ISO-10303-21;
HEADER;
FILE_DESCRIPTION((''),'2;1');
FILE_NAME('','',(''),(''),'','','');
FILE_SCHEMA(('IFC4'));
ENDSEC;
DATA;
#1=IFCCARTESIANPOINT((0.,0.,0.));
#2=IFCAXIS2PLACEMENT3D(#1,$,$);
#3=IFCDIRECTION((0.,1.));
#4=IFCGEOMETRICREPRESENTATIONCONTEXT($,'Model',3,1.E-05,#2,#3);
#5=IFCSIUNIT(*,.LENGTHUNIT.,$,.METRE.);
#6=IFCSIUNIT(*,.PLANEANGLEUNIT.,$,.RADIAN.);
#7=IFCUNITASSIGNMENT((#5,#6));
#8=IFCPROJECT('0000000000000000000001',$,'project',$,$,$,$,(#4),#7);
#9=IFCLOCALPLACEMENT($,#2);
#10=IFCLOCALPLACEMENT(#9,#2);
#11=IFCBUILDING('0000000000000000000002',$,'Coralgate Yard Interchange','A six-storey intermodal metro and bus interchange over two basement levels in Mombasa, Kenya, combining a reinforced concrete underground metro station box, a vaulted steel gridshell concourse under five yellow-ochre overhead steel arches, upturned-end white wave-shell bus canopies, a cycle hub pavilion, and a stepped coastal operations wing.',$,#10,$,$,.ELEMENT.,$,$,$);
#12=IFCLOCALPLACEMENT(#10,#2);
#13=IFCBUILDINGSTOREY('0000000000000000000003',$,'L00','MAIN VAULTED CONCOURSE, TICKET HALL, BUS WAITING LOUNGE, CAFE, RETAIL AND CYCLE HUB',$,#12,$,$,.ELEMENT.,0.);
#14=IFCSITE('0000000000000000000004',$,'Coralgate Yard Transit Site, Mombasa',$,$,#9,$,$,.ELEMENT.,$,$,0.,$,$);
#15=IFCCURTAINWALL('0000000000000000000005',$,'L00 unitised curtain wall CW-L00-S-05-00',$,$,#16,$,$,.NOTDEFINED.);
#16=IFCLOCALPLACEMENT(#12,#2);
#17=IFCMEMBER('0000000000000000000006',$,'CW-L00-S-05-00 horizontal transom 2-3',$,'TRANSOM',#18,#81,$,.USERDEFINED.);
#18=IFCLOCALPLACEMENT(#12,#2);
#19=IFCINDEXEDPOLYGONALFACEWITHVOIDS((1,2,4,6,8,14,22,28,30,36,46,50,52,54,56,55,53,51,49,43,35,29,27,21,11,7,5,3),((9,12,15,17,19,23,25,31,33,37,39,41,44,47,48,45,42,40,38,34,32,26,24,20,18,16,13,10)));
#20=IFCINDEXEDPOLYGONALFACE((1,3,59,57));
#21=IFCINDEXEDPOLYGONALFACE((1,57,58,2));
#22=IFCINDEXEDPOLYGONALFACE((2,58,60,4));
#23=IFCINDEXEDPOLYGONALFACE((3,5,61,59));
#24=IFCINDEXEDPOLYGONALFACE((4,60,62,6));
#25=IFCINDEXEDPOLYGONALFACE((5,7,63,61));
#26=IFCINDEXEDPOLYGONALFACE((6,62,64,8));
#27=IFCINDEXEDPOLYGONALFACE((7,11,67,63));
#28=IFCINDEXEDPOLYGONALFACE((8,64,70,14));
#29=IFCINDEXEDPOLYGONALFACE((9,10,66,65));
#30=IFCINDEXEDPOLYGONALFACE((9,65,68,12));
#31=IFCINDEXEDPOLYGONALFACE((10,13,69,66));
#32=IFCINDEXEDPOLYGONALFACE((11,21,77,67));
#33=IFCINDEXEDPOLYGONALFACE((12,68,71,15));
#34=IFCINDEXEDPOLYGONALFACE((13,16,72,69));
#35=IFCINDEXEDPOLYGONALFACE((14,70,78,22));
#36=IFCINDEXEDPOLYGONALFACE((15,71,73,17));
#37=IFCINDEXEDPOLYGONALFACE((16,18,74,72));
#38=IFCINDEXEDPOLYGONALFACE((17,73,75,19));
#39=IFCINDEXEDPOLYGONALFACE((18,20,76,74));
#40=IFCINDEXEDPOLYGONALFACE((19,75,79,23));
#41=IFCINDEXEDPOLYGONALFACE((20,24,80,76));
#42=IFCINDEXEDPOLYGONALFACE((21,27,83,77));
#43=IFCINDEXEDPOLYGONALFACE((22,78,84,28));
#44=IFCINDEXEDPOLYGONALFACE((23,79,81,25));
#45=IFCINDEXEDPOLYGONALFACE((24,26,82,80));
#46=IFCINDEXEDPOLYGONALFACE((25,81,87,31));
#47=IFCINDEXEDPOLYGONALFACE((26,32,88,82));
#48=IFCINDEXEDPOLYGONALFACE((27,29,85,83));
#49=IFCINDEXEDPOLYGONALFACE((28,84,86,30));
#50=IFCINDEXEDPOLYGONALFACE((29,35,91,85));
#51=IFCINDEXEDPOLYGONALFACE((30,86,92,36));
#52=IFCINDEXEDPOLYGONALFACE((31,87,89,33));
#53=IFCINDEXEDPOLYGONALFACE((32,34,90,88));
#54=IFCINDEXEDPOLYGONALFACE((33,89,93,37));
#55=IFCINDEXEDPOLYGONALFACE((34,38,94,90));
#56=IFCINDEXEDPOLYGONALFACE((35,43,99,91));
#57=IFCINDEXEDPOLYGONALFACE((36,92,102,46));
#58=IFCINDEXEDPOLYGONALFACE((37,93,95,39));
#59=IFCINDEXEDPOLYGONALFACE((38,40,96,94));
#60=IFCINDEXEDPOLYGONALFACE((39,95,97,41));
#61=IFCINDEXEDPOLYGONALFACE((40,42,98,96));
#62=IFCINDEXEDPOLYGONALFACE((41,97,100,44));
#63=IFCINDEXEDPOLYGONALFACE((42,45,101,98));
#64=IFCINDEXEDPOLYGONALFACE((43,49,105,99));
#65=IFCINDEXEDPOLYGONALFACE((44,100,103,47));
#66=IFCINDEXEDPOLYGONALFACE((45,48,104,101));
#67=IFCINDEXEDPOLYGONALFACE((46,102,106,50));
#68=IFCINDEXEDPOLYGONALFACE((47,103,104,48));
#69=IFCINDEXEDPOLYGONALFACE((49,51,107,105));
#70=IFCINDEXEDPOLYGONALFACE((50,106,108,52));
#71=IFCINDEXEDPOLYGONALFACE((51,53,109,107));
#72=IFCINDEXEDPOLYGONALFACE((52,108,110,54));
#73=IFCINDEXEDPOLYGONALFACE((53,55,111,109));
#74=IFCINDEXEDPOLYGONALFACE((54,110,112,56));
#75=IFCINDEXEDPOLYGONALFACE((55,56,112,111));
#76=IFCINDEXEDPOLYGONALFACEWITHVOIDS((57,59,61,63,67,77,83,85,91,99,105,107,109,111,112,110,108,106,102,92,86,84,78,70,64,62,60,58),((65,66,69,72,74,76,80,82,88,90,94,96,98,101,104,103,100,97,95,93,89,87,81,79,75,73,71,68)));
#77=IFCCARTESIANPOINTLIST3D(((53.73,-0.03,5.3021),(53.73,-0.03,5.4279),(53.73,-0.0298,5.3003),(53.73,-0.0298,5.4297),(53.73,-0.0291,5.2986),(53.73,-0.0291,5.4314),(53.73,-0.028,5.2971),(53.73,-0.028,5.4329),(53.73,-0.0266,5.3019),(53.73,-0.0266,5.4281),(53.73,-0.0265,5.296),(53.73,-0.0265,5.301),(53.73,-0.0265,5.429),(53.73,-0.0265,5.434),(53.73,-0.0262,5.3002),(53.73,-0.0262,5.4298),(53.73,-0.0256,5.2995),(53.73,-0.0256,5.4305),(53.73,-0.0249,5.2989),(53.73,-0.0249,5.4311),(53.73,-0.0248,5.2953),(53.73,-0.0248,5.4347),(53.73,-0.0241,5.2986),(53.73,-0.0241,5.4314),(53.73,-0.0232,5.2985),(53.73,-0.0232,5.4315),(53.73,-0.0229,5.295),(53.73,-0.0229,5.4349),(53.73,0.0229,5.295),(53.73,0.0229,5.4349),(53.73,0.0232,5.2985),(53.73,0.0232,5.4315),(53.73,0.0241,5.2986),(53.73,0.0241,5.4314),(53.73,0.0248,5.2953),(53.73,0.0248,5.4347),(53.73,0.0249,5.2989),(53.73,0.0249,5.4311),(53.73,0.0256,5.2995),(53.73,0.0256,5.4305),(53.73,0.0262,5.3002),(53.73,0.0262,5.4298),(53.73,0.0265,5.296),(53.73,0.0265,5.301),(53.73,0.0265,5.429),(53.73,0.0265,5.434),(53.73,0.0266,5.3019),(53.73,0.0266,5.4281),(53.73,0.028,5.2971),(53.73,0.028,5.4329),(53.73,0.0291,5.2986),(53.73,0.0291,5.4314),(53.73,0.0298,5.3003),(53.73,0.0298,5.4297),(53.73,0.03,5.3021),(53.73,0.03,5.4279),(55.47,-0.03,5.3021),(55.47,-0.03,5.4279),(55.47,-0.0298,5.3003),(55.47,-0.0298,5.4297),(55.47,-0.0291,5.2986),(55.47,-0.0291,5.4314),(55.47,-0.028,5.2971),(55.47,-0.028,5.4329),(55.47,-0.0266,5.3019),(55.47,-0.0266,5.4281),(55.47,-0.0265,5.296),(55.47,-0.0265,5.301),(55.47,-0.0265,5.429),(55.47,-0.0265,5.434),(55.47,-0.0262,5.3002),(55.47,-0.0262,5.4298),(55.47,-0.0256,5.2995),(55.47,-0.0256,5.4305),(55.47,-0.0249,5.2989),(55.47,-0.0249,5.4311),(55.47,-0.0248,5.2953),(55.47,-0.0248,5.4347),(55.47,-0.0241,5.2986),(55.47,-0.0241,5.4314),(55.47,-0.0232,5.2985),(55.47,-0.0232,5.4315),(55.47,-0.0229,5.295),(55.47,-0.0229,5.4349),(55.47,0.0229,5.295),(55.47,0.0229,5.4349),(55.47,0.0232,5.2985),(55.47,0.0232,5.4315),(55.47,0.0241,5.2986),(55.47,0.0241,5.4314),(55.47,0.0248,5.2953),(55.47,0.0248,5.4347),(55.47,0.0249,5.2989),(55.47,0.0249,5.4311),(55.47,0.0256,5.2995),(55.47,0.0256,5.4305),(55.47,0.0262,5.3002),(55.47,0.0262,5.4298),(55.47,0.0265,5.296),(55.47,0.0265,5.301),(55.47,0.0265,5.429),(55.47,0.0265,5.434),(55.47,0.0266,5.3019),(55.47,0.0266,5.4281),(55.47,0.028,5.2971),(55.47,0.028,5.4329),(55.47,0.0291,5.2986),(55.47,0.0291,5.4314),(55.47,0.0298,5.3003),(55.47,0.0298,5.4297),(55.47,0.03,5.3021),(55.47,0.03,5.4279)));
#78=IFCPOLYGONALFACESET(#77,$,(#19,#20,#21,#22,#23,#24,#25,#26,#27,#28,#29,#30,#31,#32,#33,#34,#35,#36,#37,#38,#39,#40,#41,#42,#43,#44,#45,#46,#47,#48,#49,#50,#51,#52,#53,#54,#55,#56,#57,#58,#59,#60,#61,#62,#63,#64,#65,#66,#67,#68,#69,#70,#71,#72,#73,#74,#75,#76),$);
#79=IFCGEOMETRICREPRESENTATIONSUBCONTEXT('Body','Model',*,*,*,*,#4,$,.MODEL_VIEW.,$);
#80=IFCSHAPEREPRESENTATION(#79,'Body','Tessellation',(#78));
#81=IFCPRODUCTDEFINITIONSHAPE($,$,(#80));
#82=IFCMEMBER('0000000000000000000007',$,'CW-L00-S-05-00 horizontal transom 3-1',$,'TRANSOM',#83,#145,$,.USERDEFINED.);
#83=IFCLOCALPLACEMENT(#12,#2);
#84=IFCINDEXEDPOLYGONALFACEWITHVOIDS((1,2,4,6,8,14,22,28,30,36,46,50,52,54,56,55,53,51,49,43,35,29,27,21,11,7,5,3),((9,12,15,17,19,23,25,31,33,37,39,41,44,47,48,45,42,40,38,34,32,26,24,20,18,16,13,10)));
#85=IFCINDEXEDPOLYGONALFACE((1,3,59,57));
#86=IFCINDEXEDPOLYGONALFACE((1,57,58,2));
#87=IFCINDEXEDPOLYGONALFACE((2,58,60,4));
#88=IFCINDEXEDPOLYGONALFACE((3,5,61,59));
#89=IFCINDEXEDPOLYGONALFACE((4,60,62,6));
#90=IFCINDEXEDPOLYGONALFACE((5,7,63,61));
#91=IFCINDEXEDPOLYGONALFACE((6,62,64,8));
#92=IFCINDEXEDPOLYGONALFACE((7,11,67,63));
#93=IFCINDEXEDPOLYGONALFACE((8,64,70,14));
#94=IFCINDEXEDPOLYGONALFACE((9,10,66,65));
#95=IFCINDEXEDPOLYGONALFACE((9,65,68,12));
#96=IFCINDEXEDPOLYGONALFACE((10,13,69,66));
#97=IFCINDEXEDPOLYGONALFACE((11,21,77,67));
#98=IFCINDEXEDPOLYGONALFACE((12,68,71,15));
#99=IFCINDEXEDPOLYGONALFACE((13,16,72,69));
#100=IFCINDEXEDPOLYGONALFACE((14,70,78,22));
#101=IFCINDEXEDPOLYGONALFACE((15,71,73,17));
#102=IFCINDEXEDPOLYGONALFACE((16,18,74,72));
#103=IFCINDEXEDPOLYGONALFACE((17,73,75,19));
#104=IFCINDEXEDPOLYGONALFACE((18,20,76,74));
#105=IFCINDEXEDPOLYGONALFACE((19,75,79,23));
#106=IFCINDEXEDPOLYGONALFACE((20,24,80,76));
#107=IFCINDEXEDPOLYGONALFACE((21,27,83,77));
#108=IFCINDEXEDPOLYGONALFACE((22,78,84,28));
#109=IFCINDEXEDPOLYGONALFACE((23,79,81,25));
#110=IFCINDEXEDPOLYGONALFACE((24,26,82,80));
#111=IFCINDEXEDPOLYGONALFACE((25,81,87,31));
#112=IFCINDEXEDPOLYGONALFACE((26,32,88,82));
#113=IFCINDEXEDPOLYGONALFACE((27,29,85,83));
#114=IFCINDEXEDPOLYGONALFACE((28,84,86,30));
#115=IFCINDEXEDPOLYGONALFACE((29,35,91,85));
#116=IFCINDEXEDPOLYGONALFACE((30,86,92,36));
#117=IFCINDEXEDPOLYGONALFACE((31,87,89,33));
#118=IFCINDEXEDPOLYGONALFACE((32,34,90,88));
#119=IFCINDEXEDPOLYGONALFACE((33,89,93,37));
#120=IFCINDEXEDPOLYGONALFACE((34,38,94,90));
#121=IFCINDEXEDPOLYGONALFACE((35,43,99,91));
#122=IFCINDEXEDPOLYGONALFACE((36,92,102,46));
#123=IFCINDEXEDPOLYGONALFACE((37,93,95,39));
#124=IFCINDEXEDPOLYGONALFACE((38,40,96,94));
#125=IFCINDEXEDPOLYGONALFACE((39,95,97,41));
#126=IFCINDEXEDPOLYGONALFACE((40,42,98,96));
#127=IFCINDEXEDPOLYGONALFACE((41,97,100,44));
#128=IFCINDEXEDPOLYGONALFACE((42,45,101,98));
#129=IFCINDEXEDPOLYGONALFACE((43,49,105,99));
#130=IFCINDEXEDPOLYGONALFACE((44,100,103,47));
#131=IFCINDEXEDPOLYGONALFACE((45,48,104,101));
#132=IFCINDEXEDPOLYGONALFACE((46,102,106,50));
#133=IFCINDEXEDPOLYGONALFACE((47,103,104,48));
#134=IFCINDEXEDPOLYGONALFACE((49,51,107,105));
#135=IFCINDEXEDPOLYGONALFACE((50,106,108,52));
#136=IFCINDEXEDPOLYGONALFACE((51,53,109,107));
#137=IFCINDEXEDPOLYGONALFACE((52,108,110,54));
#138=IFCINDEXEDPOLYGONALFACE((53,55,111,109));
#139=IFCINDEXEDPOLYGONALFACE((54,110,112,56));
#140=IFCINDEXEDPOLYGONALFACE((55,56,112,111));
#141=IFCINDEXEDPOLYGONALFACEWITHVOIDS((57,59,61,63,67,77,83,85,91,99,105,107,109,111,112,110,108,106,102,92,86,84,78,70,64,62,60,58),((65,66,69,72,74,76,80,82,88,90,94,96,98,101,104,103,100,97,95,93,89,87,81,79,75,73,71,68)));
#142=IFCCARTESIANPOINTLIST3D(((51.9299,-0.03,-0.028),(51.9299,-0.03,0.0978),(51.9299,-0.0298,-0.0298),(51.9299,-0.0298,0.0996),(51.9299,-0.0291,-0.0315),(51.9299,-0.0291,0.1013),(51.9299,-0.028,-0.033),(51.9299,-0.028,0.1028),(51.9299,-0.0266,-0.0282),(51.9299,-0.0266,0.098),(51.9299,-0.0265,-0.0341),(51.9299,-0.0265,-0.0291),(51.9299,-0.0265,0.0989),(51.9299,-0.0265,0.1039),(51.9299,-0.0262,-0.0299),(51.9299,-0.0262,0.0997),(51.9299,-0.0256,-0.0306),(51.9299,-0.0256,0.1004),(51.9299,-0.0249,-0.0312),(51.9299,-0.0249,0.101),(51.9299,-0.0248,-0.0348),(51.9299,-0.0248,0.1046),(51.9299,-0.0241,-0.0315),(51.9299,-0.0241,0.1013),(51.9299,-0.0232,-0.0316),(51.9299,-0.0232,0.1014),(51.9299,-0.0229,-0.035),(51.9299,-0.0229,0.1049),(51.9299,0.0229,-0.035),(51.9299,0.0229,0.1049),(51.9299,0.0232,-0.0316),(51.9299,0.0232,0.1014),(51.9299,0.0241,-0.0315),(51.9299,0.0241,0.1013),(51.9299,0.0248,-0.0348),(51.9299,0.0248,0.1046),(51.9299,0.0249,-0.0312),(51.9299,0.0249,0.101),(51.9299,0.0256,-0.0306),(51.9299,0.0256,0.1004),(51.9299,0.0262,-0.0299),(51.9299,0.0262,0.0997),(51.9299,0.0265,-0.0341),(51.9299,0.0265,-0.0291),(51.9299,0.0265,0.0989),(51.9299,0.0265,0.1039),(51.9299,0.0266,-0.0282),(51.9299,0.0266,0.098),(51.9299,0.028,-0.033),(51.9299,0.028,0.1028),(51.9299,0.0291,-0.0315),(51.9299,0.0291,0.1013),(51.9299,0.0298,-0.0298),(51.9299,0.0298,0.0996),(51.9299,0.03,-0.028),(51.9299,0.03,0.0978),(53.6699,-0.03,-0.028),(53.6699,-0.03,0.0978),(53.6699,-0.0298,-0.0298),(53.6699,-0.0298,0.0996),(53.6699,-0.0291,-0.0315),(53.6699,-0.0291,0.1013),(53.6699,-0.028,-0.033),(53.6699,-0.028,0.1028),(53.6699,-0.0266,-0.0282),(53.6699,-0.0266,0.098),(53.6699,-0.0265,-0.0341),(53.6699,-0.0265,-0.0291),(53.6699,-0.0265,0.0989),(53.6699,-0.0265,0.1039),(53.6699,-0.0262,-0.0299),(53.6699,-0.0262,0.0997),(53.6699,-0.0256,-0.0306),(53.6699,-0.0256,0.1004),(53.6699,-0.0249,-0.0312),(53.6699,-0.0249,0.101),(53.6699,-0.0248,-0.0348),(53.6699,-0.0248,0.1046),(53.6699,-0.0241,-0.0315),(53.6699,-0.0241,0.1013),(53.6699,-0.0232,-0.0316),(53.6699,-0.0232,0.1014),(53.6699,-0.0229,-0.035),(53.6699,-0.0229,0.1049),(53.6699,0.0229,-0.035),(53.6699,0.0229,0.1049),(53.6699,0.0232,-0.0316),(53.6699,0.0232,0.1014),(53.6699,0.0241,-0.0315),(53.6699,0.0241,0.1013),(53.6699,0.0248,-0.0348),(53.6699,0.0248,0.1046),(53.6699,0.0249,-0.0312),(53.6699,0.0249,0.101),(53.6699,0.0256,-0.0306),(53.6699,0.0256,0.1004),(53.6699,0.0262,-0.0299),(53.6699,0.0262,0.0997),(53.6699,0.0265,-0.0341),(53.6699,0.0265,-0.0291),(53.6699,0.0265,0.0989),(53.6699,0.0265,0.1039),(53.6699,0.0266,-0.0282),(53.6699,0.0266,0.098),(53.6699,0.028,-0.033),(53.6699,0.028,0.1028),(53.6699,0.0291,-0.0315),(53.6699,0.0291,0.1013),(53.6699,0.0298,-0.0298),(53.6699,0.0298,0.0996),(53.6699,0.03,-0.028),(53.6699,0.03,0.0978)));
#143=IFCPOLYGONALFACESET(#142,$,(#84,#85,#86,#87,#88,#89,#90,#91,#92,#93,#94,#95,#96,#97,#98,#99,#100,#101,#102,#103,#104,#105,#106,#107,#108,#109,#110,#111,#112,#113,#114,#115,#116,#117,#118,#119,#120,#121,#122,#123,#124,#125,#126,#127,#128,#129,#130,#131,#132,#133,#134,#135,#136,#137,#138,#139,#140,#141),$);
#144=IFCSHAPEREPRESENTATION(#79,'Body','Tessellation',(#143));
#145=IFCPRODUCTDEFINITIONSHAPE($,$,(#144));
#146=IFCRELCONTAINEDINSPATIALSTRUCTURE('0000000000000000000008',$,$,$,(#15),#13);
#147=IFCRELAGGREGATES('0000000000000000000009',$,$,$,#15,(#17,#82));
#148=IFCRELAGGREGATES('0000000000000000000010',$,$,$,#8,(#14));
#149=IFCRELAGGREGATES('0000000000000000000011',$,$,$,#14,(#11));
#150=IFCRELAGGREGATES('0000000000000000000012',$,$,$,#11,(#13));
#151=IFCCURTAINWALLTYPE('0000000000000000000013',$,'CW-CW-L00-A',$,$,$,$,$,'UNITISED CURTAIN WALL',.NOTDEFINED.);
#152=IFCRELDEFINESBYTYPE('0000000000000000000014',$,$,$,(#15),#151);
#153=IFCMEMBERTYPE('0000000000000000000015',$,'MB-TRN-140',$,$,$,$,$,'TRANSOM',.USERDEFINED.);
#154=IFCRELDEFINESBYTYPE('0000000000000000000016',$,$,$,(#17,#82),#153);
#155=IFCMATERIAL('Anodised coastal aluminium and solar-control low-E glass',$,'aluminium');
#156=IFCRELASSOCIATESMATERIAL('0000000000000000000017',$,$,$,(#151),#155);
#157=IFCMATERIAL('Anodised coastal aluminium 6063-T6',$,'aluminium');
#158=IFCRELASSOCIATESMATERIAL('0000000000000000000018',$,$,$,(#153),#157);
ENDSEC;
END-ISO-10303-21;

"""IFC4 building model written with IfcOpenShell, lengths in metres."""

from ifc_helpers import new_model, si_unit, direction, frame, origin, origin_2d, place, context, subcontext, project, spatial, hollow_rectangle, extrude, material, material_profile, profile_set, type_object, element, aggregate, save


model = new_model("IFC4")

# Units and contexts
model_context = context("Model", 3, precision=1e-05, world=origin(), true_north=direction((0.0, 1.0)))
body_context = subcontext(model_context, "Body", "Model", "MODEL_VIEW")
ifc_project = project(units=[si_unit("LENGTHUNIT", "METRE"), si_unit("PLANEANGLEUNIT", "RADIAN")], contexts=[model_context])

# Site, building, storey
site_placement = place(None, origin())
site = spatial("IfcSite", under=ifc_project, at=site_placement, Name="Coralgate Yard Transit Site, Mombasa", CompositionType="ELEMENT", RefElevation=0.0)
building_placement = place(site_placement, origin())
building = spatial("IfcBuilding", under=site, at=building_placement, Name="Coralgate Yard Interchange", Description="A six-storey intermodal metro and bus interchange over two basement levels in Mombasa, Kenya, combining a reinforced concrete underground metro station box, a vaulted steel gridshell concourse under five yellow-ochre overhead steel arches, upturned-end white wave-shell bus canopies, a cycle hub pavilion, and a stepped coastal operations wing.", CompositionType="ELEMENT")
storey_placement = place(building_placement, origin())
storey = spatial("IfcBuildingStorey", under=building, at=storey_placement, Name="L00", Description="MAIN VAULTED CONCOURSE, TICKET HALL, BUS WAITING LOUNGE, CAFE, RETAIL AND CYCLE HUB", CompositionType="ELEMENT", Elevation=0.0)

# Curtain wall, members
ifc_material_1 = material(Name="Anodised coastal aluminium and solar-control low-E glass", Category="aluminium")
curtain_wall_type = type_object("IfcCurtainWallType", Name="CW-CW-L00-A", ElementType="UNITISED CURTAIN WALL", PredefinedType="NOTDEFINED", material=ifc_material_1)
curtain_wall_placement = place(storey_placement, origin())
curtain_wall = element("IfcCurtainWall", 1, at=curtain_wall_placement, inside=storey, type_object=curtain_wall_type, Name="L00 unitised curtain wall CW-L00-S-05-00", PredefinedType="NOTDEFINED")
ifc_material_2 = material(Name="Anodised coastal aluminium 6063-T6", Category="aluminium")
ifc_material_profile_1 = material_profile(ifc_material_2, hollow_rectangle(XDim=0.0601, YDim=0.1399, WallThickness=0.0034, InnerFilletRadius=0.0034, OuterFilletRadius=0.0071, at=origin_2d()), Name="ALU 60x140x3.5")
ifc_profile_set_1 = profile_set([ifc_material_profile_1], Name="Anodised coastal aluminium 6063-T6")
member_type_1 = type_object("IfcMemberType", Name="MB-TRN-140", ElementType="TRANSOM", PredefinedType="USERDEFINED", material=ifc_profile_set_1)
member_1_placement = place(storey_placement, frame((55.47, 0.0, 5.365), z_axis=(-1.0, 0.0, 0.0), x_axis=(0.0, -1.0, 0.0)))
member_1 = element("IfcMember", 2, at=member_1_placement, type_object=member_type_1, Name="CW-L00-S-05-00 horizontal transom 2-3", ObjectType="TRANSOM", PredefinedType="USERDEFINED", context=body_context, shape_type="SweptSolid", body=[
    extrude(hollow_rectangle(XDim=0.0601, YDim=0.1399, WallThickness=0.0034, InnerFilletRadius=0.0034, OuterFilletRadius=0.0071, at=origin_2d()), origin(), (0.0, 0.0, 1.0), 1.74),
])
member_2_placement = place(storey_placement, frame((53.6699, 0.0, 0.0349), z_axis=(-1.0, 0.0, 0.0), x_axis=(0.0, -1.0, 0.0)))
member_2 = element("IfcMember", 3, at=member_2_placement, type_object=member_type_1, Name="CW-L00-S-05-00 horizontal transom 3-1", ObjectType="TRANSOM", PredefinedType="USERDEFINED", context=body_context, shape_type="SweptSolid", body=[
    extrude(hollow_rectangle(XDim=0.0601, YDim=0.1399, WallThickness=0.0034, InnerFilletRadius=0.0034, OuterFilletRadius=0.0071, at=origin_2d()), origin(), (0.0, 0.0, 1.0), 1.74),
])
aggregate(curtain_wall, [member_1, member_2])

save(model, "model.ifc")
